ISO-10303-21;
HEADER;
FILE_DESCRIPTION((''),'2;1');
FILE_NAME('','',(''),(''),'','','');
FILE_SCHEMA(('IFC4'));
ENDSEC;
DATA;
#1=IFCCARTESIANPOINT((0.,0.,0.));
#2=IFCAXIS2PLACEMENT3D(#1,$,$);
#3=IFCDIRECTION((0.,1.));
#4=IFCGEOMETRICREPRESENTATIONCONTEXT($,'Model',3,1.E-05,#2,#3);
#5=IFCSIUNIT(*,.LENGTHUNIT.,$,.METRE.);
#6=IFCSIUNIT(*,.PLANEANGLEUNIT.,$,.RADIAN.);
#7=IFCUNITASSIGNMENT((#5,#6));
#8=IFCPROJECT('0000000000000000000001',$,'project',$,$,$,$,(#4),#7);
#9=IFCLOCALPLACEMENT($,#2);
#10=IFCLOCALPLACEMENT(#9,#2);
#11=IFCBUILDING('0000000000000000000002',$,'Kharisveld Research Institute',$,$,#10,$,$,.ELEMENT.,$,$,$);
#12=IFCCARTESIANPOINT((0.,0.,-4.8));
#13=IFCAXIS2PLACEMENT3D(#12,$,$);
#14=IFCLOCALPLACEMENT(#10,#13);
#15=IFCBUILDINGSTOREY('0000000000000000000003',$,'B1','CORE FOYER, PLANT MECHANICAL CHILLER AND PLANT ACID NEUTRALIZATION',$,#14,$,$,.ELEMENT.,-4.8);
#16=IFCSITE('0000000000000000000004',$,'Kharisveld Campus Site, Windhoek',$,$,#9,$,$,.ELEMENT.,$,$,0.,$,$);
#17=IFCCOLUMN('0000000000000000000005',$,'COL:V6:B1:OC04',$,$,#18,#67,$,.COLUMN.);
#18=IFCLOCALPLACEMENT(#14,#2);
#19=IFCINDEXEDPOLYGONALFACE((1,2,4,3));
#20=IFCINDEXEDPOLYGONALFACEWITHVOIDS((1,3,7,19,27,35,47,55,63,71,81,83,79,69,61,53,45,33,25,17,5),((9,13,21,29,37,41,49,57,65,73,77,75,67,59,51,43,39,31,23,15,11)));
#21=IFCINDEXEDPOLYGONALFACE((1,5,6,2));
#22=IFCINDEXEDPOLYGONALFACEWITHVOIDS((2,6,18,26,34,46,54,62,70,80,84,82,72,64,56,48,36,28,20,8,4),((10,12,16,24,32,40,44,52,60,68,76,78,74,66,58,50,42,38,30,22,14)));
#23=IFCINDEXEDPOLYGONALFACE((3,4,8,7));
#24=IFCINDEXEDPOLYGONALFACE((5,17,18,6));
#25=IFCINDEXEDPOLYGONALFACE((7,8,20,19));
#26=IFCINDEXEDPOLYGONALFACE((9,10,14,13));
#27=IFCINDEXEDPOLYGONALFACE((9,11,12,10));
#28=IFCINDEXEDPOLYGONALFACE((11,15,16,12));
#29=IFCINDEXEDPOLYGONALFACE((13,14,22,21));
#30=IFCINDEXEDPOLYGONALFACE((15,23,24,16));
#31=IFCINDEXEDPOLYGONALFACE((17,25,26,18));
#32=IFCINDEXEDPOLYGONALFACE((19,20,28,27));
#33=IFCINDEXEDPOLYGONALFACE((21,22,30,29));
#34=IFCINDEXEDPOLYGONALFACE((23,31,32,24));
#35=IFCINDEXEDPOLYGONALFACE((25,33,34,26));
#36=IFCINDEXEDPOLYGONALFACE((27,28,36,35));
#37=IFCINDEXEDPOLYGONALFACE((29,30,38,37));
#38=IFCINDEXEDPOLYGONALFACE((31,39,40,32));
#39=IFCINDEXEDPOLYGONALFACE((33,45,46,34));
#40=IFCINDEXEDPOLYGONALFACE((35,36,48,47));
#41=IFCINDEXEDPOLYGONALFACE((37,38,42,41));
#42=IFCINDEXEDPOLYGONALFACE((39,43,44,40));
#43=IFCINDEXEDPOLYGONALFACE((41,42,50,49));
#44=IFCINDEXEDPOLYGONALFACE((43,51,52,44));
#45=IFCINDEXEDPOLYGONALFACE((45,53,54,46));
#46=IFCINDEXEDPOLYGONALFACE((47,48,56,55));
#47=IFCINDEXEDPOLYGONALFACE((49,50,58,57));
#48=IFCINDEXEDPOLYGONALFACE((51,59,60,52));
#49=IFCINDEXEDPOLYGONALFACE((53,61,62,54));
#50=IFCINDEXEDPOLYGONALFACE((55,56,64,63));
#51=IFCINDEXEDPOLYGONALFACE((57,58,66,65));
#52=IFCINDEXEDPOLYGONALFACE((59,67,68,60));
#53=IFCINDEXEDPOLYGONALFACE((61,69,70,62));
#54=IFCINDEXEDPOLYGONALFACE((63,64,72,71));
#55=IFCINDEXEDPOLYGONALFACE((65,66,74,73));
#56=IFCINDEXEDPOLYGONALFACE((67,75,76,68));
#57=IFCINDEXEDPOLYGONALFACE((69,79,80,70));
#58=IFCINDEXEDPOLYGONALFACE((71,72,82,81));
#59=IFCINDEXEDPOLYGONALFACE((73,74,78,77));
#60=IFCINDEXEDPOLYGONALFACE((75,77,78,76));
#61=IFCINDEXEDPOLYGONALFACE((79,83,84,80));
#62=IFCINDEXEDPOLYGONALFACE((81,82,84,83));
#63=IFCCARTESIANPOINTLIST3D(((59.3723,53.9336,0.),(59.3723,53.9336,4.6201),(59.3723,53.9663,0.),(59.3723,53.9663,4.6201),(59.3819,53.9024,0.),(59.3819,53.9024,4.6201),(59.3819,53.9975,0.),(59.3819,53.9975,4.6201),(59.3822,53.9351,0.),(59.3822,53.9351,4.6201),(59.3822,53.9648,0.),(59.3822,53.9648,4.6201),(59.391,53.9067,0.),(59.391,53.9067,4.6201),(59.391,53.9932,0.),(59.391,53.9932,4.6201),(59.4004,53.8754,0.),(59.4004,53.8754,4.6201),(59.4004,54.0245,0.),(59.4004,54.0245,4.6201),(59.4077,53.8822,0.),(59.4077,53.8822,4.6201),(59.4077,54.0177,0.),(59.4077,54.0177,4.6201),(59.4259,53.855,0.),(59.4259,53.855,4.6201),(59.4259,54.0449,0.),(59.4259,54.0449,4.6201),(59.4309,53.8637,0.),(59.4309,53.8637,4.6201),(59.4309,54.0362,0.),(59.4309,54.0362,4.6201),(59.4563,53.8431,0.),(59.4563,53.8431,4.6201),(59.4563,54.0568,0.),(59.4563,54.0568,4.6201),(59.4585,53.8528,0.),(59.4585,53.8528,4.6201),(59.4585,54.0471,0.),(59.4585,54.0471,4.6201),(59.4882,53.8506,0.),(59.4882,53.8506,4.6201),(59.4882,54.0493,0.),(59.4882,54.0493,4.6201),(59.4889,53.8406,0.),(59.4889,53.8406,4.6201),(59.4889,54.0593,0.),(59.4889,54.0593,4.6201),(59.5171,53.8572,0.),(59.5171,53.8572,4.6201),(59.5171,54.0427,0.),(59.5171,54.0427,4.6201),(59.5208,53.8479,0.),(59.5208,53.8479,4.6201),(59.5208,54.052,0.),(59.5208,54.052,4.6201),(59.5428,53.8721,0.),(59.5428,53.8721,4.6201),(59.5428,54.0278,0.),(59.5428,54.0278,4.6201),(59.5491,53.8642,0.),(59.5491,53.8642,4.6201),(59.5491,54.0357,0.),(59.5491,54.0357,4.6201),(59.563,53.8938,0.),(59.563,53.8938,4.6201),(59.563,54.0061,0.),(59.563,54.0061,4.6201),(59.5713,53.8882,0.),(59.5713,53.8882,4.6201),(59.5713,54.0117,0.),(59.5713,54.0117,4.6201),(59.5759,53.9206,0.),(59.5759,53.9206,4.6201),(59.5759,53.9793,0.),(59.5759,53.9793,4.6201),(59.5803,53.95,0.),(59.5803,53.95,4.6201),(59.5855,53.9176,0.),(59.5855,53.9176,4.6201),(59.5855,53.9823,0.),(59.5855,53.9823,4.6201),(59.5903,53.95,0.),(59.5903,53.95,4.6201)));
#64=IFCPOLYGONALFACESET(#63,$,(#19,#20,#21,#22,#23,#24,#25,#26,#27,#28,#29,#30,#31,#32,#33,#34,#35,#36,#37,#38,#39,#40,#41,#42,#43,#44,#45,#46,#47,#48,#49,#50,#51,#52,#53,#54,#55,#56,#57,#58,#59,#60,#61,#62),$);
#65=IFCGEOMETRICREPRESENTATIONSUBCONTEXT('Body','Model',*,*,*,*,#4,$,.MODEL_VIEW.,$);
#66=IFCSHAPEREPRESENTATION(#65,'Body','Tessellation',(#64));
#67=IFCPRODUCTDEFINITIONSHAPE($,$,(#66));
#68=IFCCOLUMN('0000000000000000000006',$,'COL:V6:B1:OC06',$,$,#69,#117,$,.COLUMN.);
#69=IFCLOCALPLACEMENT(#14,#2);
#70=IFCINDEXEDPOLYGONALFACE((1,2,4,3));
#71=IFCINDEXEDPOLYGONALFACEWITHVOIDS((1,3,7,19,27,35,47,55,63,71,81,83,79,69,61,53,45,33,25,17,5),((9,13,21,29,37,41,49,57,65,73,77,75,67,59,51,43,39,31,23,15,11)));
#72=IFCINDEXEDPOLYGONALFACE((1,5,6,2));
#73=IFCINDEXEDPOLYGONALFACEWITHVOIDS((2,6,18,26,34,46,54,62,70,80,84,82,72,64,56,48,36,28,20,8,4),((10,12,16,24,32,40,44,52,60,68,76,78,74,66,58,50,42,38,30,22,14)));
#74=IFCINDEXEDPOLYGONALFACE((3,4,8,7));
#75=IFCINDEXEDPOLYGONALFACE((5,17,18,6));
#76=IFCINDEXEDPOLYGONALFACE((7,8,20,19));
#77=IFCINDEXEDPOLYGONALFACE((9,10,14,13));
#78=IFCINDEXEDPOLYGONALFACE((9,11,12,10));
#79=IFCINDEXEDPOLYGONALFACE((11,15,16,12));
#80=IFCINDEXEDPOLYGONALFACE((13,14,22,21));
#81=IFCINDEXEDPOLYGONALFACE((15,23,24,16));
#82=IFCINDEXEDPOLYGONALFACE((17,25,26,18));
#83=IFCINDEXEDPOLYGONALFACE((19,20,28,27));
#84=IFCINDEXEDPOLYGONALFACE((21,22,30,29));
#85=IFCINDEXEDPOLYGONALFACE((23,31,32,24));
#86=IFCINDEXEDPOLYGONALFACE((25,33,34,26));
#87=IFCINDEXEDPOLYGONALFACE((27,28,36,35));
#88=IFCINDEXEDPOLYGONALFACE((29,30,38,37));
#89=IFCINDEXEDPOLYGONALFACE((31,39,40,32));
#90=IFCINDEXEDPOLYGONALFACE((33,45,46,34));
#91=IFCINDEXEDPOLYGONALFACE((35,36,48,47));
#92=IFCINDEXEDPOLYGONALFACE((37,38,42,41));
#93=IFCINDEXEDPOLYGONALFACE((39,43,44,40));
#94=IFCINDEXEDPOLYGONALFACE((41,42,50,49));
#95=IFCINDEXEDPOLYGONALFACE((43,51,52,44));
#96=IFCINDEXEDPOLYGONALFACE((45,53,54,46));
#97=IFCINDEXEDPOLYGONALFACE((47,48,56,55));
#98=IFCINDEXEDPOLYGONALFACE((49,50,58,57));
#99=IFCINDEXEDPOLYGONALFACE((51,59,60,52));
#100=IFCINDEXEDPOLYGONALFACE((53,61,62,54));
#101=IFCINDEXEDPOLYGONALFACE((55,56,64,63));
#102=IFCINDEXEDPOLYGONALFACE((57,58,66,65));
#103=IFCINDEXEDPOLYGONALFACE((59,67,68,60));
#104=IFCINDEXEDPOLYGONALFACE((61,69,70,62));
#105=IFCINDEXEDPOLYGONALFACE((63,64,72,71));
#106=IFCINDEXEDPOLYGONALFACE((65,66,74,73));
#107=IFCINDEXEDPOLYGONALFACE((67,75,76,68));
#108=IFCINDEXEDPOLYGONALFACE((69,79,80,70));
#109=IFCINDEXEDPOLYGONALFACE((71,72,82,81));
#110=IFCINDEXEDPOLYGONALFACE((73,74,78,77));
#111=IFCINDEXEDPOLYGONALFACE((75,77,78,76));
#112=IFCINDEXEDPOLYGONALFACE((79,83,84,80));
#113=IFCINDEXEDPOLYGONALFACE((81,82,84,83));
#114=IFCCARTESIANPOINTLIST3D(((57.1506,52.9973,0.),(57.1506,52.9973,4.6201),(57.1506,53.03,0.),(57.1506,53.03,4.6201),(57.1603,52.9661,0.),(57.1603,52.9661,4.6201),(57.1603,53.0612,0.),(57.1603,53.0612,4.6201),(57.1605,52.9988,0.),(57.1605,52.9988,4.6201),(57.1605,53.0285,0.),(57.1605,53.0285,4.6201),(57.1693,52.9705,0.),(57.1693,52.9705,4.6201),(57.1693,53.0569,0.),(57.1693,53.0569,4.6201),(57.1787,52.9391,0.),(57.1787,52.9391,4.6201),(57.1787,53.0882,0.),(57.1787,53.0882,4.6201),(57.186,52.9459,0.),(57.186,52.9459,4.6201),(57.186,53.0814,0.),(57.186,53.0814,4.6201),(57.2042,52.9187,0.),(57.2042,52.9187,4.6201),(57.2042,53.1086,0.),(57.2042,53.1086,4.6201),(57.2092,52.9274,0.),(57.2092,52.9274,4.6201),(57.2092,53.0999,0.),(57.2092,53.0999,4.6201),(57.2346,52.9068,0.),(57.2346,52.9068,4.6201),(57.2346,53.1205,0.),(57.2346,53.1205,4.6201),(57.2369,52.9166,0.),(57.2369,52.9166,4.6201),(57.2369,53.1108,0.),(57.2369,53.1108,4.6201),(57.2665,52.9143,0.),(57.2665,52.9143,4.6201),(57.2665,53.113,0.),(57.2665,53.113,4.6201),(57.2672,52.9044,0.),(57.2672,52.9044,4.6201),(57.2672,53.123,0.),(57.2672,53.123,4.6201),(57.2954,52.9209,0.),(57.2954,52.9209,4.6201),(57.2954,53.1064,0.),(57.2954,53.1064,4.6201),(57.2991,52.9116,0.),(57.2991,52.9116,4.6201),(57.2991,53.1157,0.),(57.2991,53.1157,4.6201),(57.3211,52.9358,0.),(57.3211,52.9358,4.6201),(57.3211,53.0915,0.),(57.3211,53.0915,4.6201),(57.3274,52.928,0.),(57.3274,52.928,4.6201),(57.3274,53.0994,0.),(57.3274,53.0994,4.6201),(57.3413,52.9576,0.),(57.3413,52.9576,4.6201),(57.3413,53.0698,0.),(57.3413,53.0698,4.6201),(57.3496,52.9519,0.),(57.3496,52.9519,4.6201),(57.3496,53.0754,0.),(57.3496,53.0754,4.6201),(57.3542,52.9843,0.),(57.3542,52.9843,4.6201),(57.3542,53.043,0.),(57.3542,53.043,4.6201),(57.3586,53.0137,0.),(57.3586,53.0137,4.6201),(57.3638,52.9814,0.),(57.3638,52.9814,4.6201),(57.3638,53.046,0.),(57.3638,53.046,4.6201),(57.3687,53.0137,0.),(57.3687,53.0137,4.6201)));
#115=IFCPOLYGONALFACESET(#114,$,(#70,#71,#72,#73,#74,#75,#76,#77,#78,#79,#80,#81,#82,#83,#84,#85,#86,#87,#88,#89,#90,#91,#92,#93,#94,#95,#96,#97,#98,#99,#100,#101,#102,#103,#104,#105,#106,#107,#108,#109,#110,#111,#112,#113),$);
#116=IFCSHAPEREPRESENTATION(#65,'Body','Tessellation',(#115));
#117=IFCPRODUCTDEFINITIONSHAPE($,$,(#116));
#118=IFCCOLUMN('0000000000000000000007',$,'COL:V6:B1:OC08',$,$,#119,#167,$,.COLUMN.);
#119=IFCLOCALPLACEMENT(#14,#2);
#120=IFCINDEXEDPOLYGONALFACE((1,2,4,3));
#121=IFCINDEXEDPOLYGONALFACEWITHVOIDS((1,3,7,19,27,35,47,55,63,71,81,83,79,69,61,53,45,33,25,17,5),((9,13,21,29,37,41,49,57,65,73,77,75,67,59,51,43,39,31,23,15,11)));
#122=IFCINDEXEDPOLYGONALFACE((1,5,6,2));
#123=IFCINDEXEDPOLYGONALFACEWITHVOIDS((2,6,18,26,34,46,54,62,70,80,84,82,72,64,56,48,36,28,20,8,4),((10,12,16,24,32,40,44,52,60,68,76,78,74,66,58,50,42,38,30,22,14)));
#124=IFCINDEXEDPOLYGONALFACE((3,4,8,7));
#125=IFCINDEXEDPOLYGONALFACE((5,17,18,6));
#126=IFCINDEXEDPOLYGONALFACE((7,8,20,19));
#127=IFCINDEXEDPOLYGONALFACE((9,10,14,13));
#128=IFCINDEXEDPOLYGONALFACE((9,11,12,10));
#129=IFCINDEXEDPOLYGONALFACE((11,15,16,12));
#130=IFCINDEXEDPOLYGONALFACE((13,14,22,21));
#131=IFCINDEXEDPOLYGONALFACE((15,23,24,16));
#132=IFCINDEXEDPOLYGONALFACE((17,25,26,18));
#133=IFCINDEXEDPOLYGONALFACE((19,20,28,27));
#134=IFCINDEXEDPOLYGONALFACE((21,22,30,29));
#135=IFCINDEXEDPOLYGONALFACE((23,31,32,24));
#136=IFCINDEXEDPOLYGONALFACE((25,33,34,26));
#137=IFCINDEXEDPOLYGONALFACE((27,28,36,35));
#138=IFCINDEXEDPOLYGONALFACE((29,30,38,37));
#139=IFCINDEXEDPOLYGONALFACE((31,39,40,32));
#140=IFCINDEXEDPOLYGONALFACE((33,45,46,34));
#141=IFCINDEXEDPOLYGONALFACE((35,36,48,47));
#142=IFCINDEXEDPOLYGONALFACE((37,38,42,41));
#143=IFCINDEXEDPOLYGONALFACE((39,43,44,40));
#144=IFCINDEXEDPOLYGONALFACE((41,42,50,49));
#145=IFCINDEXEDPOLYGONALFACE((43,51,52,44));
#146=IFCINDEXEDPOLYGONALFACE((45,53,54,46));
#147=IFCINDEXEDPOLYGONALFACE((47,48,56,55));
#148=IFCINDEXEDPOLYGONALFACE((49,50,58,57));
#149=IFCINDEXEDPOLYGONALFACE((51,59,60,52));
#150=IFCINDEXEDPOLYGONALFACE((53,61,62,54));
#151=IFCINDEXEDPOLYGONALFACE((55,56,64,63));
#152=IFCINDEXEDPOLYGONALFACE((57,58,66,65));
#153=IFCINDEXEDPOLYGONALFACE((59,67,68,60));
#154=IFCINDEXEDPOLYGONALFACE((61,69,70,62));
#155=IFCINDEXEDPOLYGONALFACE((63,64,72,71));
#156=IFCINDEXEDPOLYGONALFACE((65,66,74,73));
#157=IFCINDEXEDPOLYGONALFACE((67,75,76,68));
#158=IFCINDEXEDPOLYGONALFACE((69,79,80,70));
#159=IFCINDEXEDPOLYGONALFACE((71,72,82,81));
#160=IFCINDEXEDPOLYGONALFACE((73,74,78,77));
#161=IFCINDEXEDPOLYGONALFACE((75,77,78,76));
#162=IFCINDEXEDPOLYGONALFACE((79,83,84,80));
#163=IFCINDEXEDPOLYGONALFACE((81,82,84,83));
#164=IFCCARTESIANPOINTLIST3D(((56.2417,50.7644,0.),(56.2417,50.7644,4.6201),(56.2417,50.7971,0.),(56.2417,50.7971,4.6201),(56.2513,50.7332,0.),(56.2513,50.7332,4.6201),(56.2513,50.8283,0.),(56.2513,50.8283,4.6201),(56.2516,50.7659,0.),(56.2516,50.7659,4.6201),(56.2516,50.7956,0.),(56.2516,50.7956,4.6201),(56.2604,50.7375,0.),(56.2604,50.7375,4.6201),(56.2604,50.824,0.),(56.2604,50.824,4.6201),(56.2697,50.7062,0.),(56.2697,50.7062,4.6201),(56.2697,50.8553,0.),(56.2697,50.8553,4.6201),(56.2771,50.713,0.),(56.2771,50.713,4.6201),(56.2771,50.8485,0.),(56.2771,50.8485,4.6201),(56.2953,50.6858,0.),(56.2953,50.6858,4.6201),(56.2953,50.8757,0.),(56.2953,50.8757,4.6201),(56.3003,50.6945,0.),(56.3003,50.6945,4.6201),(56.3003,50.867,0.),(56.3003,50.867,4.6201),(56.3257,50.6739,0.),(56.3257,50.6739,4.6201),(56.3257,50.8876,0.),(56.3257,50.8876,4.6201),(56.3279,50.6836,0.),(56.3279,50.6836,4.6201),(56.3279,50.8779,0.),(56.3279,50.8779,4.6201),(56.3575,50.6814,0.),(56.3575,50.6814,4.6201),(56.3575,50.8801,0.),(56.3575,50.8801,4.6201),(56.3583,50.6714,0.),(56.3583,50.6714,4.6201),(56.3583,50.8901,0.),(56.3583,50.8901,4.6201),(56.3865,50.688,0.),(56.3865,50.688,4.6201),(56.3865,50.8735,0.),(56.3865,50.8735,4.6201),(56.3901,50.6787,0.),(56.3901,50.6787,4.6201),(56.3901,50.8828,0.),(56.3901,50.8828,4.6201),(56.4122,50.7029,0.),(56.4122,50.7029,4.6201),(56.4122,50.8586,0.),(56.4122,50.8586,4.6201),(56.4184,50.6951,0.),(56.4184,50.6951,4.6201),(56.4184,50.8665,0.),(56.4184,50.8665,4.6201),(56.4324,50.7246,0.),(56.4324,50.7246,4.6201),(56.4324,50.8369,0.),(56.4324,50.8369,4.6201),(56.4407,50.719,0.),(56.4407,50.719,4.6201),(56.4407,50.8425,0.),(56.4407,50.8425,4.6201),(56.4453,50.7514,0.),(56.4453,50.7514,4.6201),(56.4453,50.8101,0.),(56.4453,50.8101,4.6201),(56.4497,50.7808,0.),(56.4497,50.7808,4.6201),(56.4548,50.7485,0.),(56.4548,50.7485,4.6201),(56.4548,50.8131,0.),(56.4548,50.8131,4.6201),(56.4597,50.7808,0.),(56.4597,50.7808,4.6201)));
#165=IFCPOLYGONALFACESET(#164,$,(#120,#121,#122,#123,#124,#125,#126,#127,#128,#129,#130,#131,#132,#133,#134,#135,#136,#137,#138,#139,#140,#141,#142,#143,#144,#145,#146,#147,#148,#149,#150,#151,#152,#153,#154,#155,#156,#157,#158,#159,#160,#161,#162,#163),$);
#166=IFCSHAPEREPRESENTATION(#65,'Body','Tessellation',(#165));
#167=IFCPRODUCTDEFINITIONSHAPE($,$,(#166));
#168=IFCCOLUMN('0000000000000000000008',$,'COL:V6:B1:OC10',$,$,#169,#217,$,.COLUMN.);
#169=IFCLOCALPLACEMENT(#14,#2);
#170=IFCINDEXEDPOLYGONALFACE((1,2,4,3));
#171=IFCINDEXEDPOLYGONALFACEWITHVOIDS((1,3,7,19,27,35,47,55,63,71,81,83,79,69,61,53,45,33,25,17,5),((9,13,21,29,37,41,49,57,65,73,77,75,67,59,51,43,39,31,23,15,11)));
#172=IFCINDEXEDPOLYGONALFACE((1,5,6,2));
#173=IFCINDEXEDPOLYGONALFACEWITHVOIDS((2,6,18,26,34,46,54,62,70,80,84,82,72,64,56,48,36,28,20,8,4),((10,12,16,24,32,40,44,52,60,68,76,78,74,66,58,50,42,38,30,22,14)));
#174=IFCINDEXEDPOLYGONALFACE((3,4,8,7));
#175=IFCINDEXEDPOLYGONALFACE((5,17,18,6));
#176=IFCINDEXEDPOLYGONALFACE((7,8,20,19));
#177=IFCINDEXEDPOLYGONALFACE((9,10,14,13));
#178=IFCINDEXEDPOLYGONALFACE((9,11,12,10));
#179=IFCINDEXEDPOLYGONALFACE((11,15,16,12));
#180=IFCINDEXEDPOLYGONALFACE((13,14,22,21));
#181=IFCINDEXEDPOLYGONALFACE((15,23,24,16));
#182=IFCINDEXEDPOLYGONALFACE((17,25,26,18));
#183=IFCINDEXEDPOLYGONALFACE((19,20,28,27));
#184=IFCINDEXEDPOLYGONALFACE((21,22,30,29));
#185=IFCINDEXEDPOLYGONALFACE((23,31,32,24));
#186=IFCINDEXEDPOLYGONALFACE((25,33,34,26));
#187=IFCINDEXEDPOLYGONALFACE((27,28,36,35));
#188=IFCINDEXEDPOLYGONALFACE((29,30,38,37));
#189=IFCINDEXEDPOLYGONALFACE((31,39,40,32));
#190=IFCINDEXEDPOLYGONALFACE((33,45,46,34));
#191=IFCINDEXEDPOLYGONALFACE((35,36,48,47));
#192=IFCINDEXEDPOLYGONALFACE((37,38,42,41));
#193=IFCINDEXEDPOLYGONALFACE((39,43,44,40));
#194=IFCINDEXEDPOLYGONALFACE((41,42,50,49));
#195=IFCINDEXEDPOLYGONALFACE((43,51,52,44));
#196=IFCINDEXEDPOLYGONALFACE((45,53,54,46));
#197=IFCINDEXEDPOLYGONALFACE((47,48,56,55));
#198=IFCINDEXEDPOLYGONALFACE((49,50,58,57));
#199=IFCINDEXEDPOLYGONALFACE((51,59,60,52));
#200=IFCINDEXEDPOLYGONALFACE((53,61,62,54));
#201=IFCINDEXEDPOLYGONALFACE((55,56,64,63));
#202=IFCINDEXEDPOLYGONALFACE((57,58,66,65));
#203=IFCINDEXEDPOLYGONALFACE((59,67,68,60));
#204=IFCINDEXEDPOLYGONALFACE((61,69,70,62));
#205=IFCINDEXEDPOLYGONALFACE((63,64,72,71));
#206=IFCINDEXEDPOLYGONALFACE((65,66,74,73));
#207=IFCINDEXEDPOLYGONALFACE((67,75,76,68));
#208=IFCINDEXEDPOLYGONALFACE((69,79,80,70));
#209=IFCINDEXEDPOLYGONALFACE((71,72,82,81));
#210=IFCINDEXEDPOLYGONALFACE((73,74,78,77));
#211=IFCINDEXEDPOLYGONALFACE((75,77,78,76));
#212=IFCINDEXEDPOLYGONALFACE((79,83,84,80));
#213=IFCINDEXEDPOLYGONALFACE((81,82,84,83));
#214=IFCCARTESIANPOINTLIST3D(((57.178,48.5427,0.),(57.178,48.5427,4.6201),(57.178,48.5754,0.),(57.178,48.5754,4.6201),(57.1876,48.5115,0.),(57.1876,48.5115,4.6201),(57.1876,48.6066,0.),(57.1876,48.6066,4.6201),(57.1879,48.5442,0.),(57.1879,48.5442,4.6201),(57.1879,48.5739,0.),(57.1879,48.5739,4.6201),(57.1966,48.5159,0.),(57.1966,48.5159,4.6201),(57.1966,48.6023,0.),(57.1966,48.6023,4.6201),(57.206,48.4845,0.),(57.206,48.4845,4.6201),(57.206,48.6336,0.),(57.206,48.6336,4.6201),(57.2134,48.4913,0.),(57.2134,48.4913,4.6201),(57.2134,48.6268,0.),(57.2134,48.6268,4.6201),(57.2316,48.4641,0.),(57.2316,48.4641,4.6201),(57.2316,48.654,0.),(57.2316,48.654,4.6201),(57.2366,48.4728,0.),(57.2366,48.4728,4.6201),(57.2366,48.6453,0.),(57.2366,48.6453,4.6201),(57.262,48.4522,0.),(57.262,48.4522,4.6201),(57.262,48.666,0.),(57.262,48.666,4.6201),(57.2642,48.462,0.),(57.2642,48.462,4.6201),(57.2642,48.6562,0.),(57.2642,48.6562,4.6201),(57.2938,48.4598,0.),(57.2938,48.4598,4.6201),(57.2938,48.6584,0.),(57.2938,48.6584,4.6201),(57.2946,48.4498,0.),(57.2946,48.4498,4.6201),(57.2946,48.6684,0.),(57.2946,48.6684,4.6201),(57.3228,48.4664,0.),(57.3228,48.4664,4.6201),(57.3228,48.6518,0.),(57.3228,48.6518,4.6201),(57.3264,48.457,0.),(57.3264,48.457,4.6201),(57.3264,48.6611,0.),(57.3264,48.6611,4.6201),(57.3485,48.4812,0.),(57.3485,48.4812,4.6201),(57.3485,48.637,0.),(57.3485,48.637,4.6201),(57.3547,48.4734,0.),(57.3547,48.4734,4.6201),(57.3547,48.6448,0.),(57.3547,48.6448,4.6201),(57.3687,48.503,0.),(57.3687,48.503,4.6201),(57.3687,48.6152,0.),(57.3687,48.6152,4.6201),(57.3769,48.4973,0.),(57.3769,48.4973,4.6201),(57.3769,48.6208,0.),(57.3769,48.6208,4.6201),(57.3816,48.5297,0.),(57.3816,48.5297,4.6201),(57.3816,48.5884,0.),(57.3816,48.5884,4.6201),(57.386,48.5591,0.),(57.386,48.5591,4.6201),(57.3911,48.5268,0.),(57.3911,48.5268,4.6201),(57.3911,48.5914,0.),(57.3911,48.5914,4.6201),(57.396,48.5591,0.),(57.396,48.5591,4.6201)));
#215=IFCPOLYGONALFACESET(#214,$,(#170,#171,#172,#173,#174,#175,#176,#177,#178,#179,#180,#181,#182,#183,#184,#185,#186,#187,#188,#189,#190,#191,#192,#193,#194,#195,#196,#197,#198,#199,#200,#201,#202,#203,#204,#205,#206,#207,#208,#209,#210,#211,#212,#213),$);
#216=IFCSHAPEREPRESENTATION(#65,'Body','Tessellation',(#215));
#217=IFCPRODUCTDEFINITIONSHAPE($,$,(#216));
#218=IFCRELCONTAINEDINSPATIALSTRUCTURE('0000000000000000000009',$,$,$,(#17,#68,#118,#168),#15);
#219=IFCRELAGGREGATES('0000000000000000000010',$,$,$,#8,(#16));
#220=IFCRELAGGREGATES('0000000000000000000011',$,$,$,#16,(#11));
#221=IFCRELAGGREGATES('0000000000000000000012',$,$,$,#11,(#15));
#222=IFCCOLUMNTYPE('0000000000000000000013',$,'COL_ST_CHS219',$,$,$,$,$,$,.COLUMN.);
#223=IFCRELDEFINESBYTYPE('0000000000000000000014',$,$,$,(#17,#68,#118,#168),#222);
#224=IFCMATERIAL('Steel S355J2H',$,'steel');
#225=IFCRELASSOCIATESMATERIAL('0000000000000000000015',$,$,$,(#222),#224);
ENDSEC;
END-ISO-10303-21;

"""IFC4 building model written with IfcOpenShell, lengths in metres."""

from ifc_helpers import new_model, si_unit, direction, frame, origin, origin_2d, place, context, subcontext, project, spatial, hollow_circle, extrude, material, material_profile, profile_set, type_object, element, save


model = new_model("IFC4")

# Units and contexts
model_context = context("Model", 3, precision=1e-05, world=origin(), true_north=direction((0.0, 1.0)))
body_context = subcontext(model_context, "Body", "Model", "MODEL_VIEW")
ifc_project = project(units=[si_unit("LENGTHUNIT", "METRE"), si_unit("PLANEANGLEUNIT", "RADIAN")], contexts=[model_context])

# Site, building, storey
site_placement = place(None, origin())
site = spatial("IfcSite", under=ifc_project, at=site_placement, Name="Kharisveld Campus Site, Windhoek", CompositionType="ELEMENT", RefElevation=0.0)
building_placement = place(site_placement, origin())
building = spatial("IfcBuilding", under=site, at=building_placement, Name="Kharisveld Research Institute", CompositionType="ELEMENT")
storey_placement = place(building_placement, frame((0.0, 0.0, -4.8)))
storey = spatial("IfcBuildingStorey", under=building, at=storey_placement, Name="B1", Description="CORE FOYER, PLANT MECHANICAL CHILLER AND PLANT ACID NEUTRALIZATION", CompositionType="ELEMENT", Elevation=-4.8)

# Columns
ifc_material_1 = material(Name="Steel S355J2H", Category="steel")
ifc_material_profile_1 = material_profile(ifc_material_1, hollow_circle(Radius=0.1096, WallThickness=0.01, at=origin_2d()))
ifc_profile_set_1 = profile_set([ifc_material_profile_1], Name="Steel S355J2H")
column_type_1 = type_object("IfcColumnType", Name="COL_ST_CHS219", PredefinedType="COLUMN", material=ifc_profile_set_1)
for number, where, z_axis, x_axis, name in (
    (1, (59.4807, 53.95, 0.0), (0.0, 0.0, 1.0), (1.0, 0.0, 0.0), "COL:V6:B1:OC04"),
    (2, (57.259, 53.0137, 0.0), (0.0, 0.0, 1.0), (1.0, 0.0, 0.0), "COL:V6:B1:OC06"),
    (3, (56.3501, 50.7808, 0.0), (0.0, 0.0, 1.0), (1.0, 0.0, 0.0), "COL:V6:B1:OC08"),
    (4, (57.2864, 48.5591, 0.0), (0.0, 0.0, 1.0), (1.0, 0.0, 0.0), "COL:V6:B1:OC10"),
):
    element("IfcColumn", number, at=place(storey_placement, frame(where, z_axis=z_axis, x_axis=x_axis)), inside=storey, type_object=column_type_1, Name=name, PredefinedType="COLUMN", context=body_context, shape_type="SweptSolid", body=[
        extrude(hollow_circle(Radius=0.1096, WallThickness=0.01, at=origin_2d()), origin(), (0.0, 0.0, 1.0), 4.6201),
    ])

save(model, "model.ifc")
